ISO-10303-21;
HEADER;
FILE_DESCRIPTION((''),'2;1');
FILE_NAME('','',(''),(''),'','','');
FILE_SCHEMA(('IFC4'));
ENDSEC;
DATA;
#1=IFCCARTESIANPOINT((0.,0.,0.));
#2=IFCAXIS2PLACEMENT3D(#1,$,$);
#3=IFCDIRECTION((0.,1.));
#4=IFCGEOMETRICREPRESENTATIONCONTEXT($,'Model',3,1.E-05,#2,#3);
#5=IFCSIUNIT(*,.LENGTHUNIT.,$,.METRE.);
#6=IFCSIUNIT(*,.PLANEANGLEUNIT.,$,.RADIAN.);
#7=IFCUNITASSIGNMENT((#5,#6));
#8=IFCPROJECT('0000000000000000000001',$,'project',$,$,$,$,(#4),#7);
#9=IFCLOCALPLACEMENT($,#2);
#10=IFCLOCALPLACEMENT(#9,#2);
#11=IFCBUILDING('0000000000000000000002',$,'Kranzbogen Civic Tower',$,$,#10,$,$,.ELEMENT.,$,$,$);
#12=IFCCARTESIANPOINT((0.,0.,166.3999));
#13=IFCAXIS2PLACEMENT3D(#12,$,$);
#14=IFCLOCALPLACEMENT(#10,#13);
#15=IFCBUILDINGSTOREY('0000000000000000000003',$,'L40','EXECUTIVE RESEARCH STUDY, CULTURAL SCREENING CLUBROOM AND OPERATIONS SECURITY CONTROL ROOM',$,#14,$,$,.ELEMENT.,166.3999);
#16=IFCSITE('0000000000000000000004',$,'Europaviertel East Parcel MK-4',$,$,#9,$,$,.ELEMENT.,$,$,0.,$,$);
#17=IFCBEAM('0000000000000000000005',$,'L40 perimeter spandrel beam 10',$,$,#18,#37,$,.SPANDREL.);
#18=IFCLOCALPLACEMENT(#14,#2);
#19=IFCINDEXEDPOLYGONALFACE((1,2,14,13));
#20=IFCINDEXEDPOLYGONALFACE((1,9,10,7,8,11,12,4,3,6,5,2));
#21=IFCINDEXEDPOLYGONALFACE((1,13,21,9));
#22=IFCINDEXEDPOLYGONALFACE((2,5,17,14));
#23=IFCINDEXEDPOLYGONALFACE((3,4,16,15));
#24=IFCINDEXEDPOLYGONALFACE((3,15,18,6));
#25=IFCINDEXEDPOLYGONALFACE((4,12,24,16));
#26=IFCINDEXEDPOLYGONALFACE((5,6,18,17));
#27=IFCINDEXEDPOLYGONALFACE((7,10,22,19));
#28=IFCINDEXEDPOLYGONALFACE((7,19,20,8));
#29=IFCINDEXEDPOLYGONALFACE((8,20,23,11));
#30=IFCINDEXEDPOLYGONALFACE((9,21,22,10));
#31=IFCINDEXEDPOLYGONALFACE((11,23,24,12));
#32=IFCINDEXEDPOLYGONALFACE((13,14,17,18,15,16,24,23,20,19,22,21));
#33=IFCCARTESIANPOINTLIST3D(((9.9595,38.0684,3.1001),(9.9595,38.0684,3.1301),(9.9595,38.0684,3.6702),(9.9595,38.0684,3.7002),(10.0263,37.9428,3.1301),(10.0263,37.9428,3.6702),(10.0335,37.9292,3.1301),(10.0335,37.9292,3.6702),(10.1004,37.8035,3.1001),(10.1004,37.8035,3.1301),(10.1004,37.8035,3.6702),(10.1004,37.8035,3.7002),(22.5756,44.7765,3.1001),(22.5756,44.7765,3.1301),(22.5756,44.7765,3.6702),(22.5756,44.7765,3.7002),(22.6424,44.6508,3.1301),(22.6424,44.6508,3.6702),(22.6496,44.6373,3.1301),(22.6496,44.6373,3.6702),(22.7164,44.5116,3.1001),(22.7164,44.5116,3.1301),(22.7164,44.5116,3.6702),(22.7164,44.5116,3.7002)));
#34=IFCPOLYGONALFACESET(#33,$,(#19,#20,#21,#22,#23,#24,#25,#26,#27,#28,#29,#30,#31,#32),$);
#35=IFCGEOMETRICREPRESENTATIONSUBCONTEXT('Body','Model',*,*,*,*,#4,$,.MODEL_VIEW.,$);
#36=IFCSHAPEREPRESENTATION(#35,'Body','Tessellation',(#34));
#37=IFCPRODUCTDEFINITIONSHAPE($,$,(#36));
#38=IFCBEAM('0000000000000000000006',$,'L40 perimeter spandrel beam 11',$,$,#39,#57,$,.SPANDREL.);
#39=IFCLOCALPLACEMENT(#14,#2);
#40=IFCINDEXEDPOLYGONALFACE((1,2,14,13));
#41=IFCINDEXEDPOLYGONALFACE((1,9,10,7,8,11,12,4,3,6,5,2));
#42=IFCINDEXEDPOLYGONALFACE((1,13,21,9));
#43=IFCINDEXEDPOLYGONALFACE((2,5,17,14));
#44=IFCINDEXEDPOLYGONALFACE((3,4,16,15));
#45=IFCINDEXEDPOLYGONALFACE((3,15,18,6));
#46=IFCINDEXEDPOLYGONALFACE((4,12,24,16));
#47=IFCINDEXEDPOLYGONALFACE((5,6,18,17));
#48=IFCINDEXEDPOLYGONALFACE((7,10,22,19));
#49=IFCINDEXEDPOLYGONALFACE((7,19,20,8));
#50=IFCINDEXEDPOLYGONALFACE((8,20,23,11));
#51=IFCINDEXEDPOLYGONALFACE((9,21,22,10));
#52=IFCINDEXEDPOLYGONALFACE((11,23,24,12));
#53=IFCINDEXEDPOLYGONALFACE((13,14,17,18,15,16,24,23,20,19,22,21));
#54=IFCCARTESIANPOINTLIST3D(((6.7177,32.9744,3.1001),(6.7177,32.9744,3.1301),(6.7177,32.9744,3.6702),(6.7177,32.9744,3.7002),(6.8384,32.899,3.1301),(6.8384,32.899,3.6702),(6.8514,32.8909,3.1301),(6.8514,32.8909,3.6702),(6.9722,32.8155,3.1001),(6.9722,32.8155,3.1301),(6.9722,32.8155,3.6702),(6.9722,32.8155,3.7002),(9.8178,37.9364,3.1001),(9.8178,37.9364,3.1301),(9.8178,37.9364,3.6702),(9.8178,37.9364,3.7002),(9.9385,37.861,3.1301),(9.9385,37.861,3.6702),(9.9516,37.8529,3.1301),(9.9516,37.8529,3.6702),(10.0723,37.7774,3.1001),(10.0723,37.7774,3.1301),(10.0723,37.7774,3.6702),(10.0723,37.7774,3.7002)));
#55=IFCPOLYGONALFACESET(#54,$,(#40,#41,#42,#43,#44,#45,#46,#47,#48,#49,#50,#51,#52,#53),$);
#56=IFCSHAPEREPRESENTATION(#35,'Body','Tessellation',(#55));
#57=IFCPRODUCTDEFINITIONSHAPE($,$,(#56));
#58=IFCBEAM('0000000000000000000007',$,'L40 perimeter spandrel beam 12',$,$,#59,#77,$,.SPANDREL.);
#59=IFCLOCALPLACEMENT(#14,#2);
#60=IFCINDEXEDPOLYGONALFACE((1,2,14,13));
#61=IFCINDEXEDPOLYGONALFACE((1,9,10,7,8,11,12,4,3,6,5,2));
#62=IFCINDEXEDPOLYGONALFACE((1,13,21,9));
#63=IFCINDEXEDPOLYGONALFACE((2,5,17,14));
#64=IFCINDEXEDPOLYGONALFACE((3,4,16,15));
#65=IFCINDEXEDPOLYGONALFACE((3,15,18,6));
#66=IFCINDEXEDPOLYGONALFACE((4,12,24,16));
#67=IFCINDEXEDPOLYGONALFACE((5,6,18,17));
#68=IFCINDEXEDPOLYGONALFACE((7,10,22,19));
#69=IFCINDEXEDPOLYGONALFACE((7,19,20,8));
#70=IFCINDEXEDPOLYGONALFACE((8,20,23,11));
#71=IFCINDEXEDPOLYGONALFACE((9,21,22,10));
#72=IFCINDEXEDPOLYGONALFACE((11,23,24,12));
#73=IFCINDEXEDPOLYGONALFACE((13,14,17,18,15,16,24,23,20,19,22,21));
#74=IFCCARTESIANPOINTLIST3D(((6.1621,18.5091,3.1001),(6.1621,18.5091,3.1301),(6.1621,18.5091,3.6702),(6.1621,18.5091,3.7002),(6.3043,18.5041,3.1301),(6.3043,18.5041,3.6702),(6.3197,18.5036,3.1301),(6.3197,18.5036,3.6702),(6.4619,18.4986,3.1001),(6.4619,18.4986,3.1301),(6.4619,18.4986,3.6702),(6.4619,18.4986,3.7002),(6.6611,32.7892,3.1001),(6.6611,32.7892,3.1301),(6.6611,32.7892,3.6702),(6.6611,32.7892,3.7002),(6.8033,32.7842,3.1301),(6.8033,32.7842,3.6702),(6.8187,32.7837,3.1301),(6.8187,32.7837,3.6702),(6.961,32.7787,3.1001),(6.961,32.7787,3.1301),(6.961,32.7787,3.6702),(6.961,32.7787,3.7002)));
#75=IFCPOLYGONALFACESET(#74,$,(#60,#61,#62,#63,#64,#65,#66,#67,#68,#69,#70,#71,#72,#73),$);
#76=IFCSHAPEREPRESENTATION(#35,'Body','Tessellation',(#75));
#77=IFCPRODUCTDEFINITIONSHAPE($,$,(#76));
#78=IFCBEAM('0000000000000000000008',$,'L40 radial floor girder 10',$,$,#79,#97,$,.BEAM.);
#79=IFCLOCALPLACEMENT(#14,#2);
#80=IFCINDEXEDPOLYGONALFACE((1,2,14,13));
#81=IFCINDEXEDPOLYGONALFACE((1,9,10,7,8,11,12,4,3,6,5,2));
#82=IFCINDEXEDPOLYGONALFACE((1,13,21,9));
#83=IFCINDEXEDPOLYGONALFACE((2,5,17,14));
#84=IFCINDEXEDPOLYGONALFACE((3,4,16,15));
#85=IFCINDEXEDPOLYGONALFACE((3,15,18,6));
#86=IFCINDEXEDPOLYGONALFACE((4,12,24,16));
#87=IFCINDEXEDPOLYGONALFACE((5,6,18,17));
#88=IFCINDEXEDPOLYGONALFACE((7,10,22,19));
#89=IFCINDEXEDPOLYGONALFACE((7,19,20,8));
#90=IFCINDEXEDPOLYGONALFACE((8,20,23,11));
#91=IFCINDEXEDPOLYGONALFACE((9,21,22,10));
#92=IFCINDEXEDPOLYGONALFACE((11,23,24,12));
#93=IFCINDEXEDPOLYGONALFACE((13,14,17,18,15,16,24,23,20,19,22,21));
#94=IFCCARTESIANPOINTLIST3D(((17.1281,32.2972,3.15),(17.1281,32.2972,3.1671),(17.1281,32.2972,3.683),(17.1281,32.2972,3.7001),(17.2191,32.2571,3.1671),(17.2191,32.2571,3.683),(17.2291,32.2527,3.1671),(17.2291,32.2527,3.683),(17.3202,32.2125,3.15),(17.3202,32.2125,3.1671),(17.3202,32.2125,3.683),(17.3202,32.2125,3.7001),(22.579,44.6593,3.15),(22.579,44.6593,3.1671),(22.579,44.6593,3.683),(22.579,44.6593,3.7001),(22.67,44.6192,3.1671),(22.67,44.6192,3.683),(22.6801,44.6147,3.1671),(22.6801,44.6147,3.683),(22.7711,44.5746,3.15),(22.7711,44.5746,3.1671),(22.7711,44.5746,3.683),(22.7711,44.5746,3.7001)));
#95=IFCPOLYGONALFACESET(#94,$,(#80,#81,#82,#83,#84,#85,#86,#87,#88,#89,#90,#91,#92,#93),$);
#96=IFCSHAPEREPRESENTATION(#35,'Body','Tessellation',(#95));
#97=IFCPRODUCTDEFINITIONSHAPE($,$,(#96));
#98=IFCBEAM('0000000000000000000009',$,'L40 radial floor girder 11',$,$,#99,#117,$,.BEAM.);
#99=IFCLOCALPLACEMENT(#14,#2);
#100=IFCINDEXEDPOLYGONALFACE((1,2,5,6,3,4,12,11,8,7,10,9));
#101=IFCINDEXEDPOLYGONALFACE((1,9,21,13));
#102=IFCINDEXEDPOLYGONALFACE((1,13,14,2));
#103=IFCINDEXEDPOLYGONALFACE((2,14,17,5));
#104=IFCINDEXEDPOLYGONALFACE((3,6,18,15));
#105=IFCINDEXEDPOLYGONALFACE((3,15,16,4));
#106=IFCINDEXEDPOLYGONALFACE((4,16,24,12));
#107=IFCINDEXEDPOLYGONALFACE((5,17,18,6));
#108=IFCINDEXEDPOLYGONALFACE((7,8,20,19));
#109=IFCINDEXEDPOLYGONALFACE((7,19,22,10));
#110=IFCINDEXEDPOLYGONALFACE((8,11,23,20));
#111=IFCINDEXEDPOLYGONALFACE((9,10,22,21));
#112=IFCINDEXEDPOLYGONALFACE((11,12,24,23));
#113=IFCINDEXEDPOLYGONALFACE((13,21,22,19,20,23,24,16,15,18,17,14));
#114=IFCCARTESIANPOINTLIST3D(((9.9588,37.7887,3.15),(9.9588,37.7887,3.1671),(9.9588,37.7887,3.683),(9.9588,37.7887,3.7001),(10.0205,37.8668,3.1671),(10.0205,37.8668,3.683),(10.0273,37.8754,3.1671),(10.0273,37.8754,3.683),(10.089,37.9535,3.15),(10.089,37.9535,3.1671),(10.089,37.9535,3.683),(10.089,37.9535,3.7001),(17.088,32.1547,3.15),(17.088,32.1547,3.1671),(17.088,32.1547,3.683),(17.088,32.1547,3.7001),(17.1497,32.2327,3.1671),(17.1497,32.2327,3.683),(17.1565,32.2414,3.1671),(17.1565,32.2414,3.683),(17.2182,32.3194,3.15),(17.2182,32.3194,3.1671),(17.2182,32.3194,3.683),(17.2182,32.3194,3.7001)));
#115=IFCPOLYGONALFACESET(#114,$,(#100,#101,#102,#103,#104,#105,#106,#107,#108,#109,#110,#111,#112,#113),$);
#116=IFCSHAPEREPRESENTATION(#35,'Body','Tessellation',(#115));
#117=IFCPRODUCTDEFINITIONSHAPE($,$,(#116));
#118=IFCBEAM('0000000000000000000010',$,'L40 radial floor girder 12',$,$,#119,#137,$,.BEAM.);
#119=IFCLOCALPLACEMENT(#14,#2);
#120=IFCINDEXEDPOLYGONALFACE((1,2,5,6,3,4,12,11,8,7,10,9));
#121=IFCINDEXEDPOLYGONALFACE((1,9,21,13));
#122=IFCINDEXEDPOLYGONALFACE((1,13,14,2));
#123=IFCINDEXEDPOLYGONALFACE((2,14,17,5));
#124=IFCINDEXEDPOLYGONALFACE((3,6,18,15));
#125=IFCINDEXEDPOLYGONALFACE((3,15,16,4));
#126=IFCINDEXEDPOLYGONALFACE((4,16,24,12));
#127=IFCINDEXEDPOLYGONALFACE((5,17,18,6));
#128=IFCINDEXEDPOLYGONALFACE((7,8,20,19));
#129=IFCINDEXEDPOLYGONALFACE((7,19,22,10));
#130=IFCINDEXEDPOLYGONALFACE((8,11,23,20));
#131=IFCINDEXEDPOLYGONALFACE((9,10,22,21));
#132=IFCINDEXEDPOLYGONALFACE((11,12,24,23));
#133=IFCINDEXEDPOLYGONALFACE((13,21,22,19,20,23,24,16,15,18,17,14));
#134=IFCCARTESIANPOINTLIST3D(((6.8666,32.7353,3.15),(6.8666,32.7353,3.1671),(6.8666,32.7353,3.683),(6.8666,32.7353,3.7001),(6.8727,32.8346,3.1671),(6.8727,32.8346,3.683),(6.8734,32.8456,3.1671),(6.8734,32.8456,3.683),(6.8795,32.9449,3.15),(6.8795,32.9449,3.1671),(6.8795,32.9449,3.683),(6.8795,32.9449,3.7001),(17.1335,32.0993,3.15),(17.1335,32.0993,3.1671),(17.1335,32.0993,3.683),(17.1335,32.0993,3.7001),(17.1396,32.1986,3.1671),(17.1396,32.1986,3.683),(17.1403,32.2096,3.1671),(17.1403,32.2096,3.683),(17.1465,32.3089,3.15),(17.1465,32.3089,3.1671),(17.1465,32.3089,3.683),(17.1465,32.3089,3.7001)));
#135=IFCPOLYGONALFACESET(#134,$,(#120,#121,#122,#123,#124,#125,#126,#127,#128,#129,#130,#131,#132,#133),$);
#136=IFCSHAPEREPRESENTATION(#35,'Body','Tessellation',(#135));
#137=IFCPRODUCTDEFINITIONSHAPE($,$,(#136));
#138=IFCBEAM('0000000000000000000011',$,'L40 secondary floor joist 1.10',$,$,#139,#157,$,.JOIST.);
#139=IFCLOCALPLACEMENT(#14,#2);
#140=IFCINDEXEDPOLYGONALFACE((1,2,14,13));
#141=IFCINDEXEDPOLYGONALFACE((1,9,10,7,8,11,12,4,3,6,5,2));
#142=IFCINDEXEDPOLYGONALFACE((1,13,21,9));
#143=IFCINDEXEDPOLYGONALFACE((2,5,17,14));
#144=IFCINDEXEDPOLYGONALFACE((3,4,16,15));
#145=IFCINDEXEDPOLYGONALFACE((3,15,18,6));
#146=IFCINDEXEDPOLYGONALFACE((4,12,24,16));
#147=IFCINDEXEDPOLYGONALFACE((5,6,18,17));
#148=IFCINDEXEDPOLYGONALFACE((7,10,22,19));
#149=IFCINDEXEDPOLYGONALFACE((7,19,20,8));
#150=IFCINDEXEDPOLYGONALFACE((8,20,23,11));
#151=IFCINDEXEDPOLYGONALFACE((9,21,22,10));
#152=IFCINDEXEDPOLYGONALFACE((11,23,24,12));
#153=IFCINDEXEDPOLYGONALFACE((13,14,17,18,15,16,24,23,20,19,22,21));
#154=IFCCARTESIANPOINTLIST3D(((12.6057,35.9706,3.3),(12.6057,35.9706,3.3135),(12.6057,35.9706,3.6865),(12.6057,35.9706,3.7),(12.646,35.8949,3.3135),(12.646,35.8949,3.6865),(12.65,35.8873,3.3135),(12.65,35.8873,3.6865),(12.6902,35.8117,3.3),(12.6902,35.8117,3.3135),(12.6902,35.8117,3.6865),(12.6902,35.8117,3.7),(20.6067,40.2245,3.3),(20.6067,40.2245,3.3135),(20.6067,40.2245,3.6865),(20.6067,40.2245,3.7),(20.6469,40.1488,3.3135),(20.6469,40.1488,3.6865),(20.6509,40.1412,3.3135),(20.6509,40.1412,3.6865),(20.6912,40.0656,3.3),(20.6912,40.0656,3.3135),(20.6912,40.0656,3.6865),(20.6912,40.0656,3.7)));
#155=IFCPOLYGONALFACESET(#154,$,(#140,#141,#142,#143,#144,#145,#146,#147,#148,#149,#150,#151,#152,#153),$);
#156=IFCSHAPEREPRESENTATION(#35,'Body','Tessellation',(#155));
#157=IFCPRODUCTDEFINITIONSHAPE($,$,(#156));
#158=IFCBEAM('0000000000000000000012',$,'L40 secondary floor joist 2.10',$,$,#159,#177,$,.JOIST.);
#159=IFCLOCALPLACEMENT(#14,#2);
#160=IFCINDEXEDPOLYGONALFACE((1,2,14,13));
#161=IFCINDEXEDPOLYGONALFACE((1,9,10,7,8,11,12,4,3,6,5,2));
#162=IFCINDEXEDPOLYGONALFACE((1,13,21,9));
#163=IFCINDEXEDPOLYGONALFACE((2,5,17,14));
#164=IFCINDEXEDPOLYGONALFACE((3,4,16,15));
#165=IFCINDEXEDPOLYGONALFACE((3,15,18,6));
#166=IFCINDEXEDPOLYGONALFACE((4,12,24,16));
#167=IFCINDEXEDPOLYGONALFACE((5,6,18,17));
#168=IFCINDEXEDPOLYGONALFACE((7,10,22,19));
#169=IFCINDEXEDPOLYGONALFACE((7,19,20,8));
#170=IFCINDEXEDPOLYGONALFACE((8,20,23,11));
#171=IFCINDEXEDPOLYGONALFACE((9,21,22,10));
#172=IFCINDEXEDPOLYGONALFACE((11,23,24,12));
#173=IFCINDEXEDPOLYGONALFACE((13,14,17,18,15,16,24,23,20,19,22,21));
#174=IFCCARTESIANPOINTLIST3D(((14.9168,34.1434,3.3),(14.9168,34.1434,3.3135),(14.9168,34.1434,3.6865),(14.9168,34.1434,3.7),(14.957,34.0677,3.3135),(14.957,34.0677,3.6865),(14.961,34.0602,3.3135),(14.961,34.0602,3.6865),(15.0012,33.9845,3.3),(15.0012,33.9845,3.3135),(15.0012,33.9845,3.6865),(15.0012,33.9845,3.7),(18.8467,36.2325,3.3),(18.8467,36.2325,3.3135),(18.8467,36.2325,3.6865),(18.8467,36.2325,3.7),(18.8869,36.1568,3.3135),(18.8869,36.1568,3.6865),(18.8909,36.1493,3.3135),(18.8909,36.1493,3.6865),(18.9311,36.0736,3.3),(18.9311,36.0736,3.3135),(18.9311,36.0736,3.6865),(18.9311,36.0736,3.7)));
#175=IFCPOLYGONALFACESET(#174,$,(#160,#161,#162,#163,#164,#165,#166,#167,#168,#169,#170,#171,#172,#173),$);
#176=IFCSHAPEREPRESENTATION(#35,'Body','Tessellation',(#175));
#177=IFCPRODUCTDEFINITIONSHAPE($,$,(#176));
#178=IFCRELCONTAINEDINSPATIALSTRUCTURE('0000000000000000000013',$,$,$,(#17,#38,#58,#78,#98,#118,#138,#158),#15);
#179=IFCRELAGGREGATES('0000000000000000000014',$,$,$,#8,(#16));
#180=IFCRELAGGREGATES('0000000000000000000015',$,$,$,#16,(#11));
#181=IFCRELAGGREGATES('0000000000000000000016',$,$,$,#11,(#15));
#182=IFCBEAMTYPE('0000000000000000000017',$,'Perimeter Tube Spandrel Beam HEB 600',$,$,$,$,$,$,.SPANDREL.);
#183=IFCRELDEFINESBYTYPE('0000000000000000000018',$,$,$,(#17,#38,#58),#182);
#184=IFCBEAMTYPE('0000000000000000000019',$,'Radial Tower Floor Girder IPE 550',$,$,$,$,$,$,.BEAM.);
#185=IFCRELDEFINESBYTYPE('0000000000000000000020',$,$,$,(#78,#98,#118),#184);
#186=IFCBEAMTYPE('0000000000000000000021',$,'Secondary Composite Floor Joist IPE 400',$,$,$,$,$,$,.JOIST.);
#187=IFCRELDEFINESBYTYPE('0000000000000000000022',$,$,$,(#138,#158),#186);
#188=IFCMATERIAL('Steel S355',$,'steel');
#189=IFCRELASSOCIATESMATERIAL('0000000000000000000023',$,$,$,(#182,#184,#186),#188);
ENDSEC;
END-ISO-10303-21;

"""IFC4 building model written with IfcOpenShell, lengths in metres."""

from ifc_helpers import new_model, si_unit, direction, frame, origin, origin_2d, place, context, subcontext, project, spatial, i_section, extrude, material, material_profile, profile_set, type_object, element, save


model = new_model("IFC4")

# Units and contexts
model_context = context("Model", 3, precision=1e-05, world=origin(), true_north=direction((0.0, 1.0)))
body_context = subcontext(model_context, "Body", "Model", "MODEL_VIEW")
ifc_project = project(units=[si_unit("LENGTHUNIT", "METRE"), si_unit("PLANEANGLEUNIT", "RADIAN")], contexts=[model_context])

# Site, building, storey
site_placement = place(None, origin())
site = spatial("IfcSite", under=ifc_project, at=site_placement, Name="Europaviertel East Parcel MK-4", CompositionType="ELEMENT", RefElevation=0.0)
building_placement = place(site_placement, origin())
building = spatial("IfcBuilding", under=site, at=building_placement, Name="Kranzbogen Civic Tower", CompositionType="ELEMENT")
storey_placement = place(building_placement, frame((0.0, 0.0, 166.3999)))
storey = spatial("IfcBuildingStorey", under=building, at=storey_placement, Name="L40", Description="EXECUTIVE RESEARCH STUDY, CULTURAL SCREENING CLUBROOM AND OPERATIONS SECURITY CONTROL ROOM", CompositionType="ELEMENT", Elevation=166.3999)

# Shared definitions
ifc_material_1 = material(Name="Steel S355", Category="steel")

# Beams
ifc_material_profile_1 = material_profile(ifc_material_1, i_section(OverallWidth=0.3, OverallDepth=0.6001, WebThickness=0.0154, FlangeThickness=0.03, at=origin_2d()), Name="HEB 600")
ifc_profile_set_1 = profile_set([ifc_material_profile_1], Name="Steel S355")
beam_type_1 = type_object("IfcBeamType", Name="Perimeter Tube Spandrel Beam HEB 600", PredefinedType="SPANDREL", material=ifc_profile_set_1)
beam_1_placement = place(storey_placement, frame((22.646, 44.644, 3.4001), z_axis=(-0.882948, -0.46947, 0.0), x_axis=(0.46947, -0.882948, 0.0)))
element("IfcBeam", 1, at=beam_1_placement, inside=storey, type_object=beam_type_1, Name="L40 perimeter spandrel beam 10", PredefinedType="SPANDREL", context=body_context, shape_type="SweptSolid", body=[
    extrude(i_section(OverallWidth=0.3, OverallDepth=0.6001, WebThickness=0.0154, FlangeThickness=0.03, at=origin_2d()), origin(), (0.0, 0.0, 1.0), 14.2886),
])
beam_2_placement = place(storey_placement, frame((9.9451, 37.8569, 3.4001), z_axis=(-0.529864, -0.848083, 0.0), x_axis=(0.848083, -0.529864, 0.0)))
element("IfcBeam", 2, at=beam_2_placement, inside=storey, type_object=beam_type_1, Name="L40 perimeter spandrel beam 11", PredefinedType="SPANDREL", context=body_context, shape_type="SweptSolid", body=[
    extrude(i_section(OverallWidth=0.3, OverallDepth=0.6001, WebThickness=0.0154, FlangeThickness=0.03, at=origin_2d()), origin(), (0.0, 0.0, 1.0), 5.8508),
])
beam_3_placement = place(storey_placement, frame((6.811, 32.7839, 3.4001), z_axis=(-0.034924, -0.99939, 0.0), x_axis=(0.99939, -0.034924, 0.0)))
element("IfcBeam", 3, at=beam_3_placement, inside=storey, type_object=beam_type_1, Name="L40 perimeter spandrel beam 12", PredefinedType="SPANDREL", context=body_context, shape_type="SweptSolid", body=[
    extrude(i_section(OverallWidth=0.3, OverallDepth=0.6001, WebThickness=0.0154, FlangeThickness=0.03, at=origin_2d()), origin(), (0.0, 0.0, 1.0), 14.2888),
])
ifc_material_profile_2 = material_profile(ifc_material_1, i_section(OverallWidth=0.21, OverallDepth=0.55, WebThickness=0.011, FlangeThickness=0.0171, at=origin_2d()), Name="IPE 550")
ifc_profile_set_2 = profile_set([ifc_material_profile_2], Name="Steel S355")
beam_type_2 = type_object("IfcBeamType", Name="Radial Tower Floor Girder IPE 550", PredefinedType="BEAM", material=ifc_profile_set_2)
beam_4_placement = place(storey_placement, frame((22.675, 44.6169, 3.425), z_axis=(-0.403459, -0.914998, 0.0), x_axis=(0.914998, -0.403459, 0.0)))
element("IfcBeam", 4, at=beam_4_placement, inside=storey, type_object=beam_type_2, Name="L40 radial floor girder 10", PredefinedType="BEAM", context=body_context, shape_type="SweptSolid", body=[
    extrude(i_section(OverallWidth=0.21, OverallDepth=0.55, WebThickness=0.011, FlangeThickness=0.0171, at=origin_2d()), origin(), (0.0, 0.0, 1.0), 13.5105),
])
beam_5_placement = place(storey_placement, frame((10.0239, 37.8711, 3.425), z_axis=(0.784575, -0.620034, 0.0), x_axis=(0.620034, 0.784575, 0.0)))
element("IfcBeam", 5, at=beam_5_placement, inside=storey, type_object=beam_type_2, Name="L40 radial floor girder 11", PredefinedType="BEAM", context=body_context, shape_type="SweptSolid", body=[
    extrude(i_section(OverallWidth=0.21, OverallDepth=0.55, WebThickness=0.011, FlangeThickness=0.0171, at=origin_2d()), origin(), (0.0, 0.0, 1.0), 9.0867),
])
beam_6_placement = place(storey_placement, frame((6.873, 32.8401, 3.425), z_axis=(0.998087, -0.061827, 0.0), x_axis=(0.061827, 0.998087, 0.0)))
element("IfcBeam", 6, at=beam_6_placement, inside=storey, type_object=beam_type_2, Name="L40 radial floor girder 12", PredefinedType="BEAM", context=body_context, shape_type="SweptSolid", body=[
    extrude(i_section(OverallWidth=0.21, OverallDepth=0.55, WebThickness=0.011, FlangeThickness=0.0171, at=origin_2d()), origin(), (0.0, 0.0, 1.0), 10.2866),
])
ifc_material_profile_3 = material_profile(ifc_material_1, i_section(OverallWidth=0.1799, OverallDepth=0.3999, WebThickness=0.0085, FlangeThickness=0.0134, at=origin_2d()), Name="IPE 400")
ifc_profile_set_3 = profile_set([ifc_material_profile_3], Name="Steel S355")
beam_type_3 = type_object("IfcBeamType", Name="Secondary Composite Floor Joist IPE 400", PredefinedType="JOIST", material=ifc_profile_set_3)
beam_7_placement = place(storey_placement, frame((20.6489, 40.145, 3.5), z_axis=(-0.882961, -0.469447, 0.0), x_axis=(0.469447, -0.882961, 0.0)))
element("IfcBeam", 7, at=beam_7_placement, inside=storey, type_object=beam_type_3, Name="L40 secondary floor joist 1.10", PredefinedType="JOIST", context=body_context, shape_type="SweptSolid", body=[
    extrude(i_section(OverallWidth=0.1799, OverallDepth=0.3999, WebThickness=0.0085, FlangeThickness=0.0134, at=origin_2d()), origin(), (0.0, 0.0, 1.0), 9.0615),
])
beam_8_placement = place(storey_placement, frame((18.8889, 36.1531, 3.5), z_axis=(-0.882991, -0.469389, 0.0), x_axis=(0.469389, -0.882991, 0.0)))
element("IfcBeam", 8, at=beam_8_placement, inside=storey, type_object=beam_type_3, Name="L40 secondary floor joist 2.10", PredefinedType="JOIST", context=body_context, shape_type="SweptSolid", body=[
    extrude(i_section(OverallWidth=0.1799, OverallDepth=0.3999, WebThickness=0.0085, FlangeThickness=0.0134, at=origin_2d()), origin(), (0.0, 0.0, 1.0), 4.4507),
])

save(model, "model.ifc")
